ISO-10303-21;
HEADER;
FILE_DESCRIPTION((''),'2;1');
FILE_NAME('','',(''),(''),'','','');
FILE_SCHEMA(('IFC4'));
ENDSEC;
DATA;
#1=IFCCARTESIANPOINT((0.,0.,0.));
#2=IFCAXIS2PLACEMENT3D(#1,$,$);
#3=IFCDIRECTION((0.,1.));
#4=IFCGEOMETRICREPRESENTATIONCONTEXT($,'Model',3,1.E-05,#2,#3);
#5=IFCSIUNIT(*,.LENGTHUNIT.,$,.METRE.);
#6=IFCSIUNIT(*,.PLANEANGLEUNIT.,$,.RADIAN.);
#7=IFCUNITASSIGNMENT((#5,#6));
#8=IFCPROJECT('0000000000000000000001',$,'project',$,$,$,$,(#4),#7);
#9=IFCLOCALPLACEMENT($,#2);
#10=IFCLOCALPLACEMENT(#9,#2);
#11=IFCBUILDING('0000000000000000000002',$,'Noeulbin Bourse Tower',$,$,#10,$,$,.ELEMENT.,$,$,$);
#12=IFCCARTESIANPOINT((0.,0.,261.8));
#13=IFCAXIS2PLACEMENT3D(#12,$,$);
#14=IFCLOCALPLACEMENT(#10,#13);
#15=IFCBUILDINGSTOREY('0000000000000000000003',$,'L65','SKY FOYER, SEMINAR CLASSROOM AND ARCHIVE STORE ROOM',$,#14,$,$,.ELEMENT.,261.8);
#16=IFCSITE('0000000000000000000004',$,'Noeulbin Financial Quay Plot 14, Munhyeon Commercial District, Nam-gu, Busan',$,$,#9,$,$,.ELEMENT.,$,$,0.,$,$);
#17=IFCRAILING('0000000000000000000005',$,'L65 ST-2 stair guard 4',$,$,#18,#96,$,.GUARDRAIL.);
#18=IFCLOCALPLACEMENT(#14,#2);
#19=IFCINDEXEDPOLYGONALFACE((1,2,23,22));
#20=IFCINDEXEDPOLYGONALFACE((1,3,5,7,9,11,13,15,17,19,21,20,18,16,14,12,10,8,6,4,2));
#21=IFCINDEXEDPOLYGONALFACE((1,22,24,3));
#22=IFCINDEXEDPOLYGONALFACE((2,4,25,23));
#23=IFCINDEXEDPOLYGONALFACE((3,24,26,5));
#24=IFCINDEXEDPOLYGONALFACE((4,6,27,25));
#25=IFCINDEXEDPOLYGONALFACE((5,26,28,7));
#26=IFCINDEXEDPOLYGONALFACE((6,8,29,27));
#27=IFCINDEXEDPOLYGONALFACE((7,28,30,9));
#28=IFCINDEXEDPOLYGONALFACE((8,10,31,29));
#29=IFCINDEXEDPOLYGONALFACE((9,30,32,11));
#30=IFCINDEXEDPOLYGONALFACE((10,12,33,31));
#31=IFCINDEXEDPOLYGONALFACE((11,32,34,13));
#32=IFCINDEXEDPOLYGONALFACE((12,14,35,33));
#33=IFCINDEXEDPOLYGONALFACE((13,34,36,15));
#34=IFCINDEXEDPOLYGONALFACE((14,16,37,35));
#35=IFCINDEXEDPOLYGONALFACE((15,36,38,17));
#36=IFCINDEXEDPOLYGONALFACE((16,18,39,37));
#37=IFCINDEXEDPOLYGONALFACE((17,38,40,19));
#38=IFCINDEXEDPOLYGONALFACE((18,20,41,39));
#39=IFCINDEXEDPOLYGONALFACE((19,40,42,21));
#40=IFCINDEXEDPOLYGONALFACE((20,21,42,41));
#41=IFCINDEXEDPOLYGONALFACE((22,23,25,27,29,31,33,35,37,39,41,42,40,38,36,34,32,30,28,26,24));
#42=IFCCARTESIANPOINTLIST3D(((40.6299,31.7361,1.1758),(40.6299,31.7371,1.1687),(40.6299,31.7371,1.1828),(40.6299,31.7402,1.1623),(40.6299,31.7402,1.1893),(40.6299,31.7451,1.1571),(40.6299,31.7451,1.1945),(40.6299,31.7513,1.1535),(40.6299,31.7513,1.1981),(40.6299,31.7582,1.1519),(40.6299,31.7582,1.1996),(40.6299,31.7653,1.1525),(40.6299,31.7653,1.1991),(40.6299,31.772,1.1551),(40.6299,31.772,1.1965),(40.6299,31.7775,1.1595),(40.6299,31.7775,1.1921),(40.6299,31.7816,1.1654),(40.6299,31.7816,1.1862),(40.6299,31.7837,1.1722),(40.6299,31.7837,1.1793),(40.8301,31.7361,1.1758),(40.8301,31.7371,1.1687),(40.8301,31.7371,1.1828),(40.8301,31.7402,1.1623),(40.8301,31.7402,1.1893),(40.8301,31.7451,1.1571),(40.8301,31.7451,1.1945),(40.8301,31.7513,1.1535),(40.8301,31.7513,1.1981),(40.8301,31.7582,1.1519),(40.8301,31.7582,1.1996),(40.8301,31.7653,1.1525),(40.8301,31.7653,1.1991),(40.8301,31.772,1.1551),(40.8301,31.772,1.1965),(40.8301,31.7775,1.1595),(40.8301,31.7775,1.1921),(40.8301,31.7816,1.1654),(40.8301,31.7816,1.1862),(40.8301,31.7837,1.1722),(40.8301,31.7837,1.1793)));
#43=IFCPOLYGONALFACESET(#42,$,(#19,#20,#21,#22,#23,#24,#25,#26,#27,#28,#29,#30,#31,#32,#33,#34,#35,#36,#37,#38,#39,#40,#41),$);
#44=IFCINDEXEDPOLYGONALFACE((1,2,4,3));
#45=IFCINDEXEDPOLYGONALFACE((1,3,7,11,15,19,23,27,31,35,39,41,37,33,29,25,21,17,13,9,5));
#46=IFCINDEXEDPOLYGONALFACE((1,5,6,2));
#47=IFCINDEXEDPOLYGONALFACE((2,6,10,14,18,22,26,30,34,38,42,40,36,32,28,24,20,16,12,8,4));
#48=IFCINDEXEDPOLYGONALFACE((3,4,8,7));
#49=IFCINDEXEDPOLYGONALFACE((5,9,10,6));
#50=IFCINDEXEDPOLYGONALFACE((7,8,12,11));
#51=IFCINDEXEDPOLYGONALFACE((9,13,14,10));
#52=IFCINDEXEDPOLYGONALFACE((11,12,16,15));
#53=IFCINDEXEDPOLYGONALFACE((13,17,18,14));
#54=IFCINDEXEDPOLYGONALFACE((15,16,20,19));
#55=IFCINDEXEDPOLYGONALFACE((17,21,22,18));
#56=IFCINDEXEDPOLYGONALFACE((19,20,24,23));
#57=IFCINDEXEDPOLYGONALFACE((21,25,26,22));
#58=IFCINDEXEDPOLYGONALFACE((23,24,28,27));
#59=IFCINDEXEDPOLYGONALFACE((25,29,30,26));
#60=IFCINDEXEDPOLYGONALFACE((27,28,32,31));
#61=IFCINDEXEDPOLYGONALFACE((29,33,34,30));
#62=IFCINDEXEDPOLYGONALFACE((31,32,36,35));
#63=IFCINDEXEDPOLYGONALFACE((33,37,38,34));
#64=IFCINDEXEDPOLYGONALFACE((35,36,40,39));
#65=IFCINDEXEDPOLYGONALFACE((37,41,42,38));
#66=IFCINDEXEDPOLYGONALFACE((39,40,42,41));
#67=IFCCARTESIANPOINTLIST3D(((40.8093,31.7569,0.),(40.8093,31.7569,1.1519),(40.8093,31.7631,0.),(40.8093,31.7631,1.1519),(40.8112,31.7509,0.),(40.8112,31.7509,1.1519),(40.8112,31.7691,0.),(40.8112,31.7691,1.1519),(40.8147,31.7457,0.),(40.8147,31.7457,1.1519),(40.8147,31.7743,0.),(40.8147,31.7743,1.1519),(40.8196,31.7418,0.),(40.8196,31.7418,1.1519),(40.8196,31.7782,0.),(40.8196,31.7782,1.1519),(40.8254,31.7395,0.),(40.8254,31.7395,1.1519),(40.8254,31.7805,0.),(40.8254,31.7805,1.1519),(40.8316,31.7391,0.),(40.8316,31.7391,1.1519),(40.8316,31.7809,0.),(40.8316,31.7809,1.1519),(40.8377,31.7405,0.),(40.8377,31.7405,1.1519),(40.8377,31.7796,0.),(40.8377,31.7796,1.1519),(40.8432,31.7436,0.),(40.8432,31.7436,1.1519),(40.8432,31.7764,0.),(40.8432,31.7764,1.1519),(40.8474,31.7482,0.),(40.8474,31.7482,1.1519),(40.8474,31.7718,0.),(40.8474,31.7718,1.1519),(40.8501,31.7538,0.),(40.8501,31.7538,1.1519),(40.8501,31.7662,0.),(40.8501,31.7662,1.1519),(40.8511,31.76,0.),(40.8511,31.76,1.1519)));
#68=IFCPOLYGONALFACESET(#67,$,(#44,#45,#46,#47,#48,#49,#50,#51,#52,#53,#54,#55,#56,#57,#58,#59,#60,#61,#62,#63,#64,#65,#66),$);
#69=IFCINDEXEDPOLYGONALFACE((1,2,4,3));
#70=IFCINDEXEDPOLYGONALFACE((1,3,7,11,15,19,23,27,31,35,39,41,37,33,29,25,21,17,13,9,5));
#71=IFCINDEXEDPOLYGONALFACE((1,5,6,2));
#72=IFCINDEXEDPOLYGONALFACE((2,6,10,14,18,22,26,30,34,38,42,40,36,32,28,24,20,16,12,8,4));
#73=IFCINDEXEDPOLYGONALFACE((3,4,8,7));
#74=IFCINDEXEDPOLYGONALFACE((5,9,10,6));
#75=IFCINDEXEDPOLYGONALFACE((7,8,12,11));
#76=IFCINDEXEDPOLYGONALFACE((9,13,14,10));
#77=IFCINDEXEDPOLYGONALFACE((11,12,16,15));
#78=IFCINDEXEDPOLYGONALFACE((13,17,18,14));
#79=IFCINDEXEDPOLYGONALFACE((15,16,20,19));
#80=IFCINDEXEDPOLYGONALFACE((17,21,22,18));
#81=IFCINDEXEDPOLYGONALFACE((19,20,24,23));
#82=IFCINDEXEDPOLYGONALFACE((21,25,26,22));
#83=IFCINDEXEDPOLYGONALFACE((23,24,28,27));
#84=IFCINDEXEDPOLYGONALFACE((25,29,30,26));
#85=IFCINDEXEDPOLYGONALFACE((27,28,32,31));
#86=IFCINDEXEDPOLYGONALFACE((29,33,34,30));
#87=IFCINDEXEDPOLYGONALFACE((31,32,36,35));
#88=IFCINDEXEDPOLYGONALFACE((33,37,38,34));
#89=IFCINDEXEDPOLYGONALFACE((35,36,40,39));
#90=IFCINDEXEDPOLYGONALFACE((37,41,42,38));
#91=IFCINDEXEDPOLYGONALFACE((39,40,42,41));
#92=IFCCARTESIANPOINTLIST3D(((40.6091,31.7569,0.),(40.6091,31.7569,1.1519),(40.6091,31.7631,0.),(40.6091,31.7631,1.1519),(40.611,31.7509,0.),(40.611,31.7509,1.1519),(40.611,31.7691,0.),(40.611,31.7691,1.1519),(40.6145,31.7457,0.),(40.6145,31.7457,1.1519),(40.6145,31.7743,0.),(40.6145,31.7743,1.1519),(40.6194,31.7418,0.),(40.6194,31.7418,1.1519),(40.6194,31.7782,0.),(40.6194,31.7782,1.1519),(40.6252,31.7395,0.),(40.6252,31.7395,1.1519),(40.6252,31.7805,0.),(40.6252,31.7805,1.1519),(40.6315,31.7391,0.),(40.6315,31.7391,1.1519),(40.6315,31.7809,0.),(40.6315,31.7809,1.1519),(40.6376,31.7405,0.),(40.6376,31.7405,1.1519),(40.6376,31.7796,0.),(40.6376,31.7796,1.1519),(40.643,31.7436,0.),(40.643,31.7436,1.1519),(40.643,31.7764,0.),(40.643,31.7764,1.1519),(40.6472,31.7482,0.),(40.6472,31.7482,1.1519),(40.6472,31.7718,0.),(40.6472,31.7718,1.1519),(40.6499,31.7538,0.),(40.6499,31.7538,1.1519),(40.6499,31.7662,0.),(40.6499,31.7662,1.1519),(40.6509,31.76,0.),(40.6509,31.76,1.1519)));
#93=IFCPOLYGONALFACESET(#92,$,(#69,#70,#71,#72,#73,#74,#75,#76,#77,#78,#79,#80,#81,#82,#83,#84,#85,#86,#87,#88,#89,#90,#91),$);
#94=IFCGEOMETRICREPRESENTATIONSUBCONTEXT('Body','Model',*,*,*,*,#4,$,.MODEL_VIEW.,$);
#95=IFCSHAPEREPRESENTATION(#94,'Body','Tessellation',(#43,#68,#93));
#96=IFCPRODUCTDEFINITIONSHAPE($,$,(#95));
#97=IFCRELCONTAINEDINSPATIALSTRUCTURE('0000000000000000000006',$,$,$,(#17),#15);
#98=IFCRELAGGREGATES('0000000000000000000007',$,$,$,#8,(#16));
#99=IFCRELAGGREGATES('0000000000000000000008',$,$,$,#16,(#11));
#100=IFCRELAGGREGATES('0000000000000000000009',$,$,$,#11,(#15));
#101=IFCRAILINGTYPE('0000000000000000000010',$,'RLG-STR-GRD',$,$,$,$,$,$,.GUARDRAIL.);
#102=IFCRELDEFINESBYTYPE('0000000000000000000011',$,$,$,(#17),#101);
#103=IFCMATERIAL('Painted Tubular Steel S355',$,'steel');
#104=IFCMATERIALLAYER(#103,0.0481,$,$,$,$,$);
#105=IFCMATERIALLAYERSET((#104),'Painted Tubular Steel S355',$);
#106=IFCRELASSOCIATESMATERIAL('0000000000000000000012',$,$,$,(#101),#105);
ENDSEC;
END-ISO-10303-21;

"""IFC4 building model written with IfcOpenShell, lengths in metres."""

from ifc_helpers import new_model, si_unit, direction, frame, origin, origin_2d, place, context, subcontext, project, spatial, circle, extrude, material, layer, layer_set, type_object, element, save


model = new_model("IFC4")

# Units and contexts
model_context = context("Model", 3, precision=1e-05, world=origin(), true_north=direction((0.0, 1.0)))
body_context = subcontext(model_context, "Body", "Model", "MODEL_VIEW")
ifc_project = project(units=[si_unit("LENGTHUNIT", "METRE"), si_unit("PLANEANGLEUNIT", "RADIAN")], contexts=[model_context])

# Site, building, storey
site_placement = place(None, origin())
site = spatial("IfcSite", under=ifc_project, at=site_placement, Name="Noeulbin Financial Quay Plot 14, Munhyeon Commercial District, Nam-gu, Busan", CompositionType="ELEMENT", RefElevation=0.0)
building_placement = place(site_placement, origin())
building = spatial("IfcBuilding", under=site, at=building_placement, Name="Noeulbin Bourse Tower", CompositionType="ELEMENT")
storey_placement = place(building_placement, frame((0.0, 0.0, 261.8)))
storey = spatial("IfcBuildingStorey", under=building, at=storey_placement, Name="L65", Description="SKY FOYER, SEMINAR CLASSROOM AND ARCHIVE STORE ROOM", CompositionType="ELEMENT", Elevation=261.8)

# Railing
ifc_material_1 = material(Name="Painted Tubular Steel S355", Category="steel")
ifc_layer_1 = layer(ifc_material_1, 0.0481)
ifc_layer_set_1 = layer_set([ifc_layer_1], Name="Painted Tubular Steel S355")
railing_type_1 = type_object("IfcRailingType", Name="RLG-STR-GRD", PredefinedType="GUARDRAIL", material=ifc_layer_set_1)
railing_1_placement = place(storey_placement, frame((40.8301, 31.76, 0.0)))
element("IfcRailing", 1, at=railing_1_placement, inside=storey, type_object=railing_type_1, Name="L65 ST-2 stair guard 4", PredefinedType="GUARDRAIL", context=body_context, shape_type="SweptSolid", body=[
    extrude(circle(Radius=0.0239, at=origin_2d()), frame((0.0, 0.0, 1.1758), z_axis=(-1.0, 0.0, 0.0), x_axis=(0.0, -1.0, 0.0)), (0.0, 0.0, 1.0), 0.2002),
    extrude(circle(Radius=0.021, at=origin_2d()), origin(), (0.0, 0.0, 1.0), 1.1519),
    extrude(circle(Radius=0.021, at=origin_2d()), frame((-0.2002, 0.0, 0.0)), (0.0, 0.0, 1.0), 1.1519),
])

save(model, "model.ifc")
